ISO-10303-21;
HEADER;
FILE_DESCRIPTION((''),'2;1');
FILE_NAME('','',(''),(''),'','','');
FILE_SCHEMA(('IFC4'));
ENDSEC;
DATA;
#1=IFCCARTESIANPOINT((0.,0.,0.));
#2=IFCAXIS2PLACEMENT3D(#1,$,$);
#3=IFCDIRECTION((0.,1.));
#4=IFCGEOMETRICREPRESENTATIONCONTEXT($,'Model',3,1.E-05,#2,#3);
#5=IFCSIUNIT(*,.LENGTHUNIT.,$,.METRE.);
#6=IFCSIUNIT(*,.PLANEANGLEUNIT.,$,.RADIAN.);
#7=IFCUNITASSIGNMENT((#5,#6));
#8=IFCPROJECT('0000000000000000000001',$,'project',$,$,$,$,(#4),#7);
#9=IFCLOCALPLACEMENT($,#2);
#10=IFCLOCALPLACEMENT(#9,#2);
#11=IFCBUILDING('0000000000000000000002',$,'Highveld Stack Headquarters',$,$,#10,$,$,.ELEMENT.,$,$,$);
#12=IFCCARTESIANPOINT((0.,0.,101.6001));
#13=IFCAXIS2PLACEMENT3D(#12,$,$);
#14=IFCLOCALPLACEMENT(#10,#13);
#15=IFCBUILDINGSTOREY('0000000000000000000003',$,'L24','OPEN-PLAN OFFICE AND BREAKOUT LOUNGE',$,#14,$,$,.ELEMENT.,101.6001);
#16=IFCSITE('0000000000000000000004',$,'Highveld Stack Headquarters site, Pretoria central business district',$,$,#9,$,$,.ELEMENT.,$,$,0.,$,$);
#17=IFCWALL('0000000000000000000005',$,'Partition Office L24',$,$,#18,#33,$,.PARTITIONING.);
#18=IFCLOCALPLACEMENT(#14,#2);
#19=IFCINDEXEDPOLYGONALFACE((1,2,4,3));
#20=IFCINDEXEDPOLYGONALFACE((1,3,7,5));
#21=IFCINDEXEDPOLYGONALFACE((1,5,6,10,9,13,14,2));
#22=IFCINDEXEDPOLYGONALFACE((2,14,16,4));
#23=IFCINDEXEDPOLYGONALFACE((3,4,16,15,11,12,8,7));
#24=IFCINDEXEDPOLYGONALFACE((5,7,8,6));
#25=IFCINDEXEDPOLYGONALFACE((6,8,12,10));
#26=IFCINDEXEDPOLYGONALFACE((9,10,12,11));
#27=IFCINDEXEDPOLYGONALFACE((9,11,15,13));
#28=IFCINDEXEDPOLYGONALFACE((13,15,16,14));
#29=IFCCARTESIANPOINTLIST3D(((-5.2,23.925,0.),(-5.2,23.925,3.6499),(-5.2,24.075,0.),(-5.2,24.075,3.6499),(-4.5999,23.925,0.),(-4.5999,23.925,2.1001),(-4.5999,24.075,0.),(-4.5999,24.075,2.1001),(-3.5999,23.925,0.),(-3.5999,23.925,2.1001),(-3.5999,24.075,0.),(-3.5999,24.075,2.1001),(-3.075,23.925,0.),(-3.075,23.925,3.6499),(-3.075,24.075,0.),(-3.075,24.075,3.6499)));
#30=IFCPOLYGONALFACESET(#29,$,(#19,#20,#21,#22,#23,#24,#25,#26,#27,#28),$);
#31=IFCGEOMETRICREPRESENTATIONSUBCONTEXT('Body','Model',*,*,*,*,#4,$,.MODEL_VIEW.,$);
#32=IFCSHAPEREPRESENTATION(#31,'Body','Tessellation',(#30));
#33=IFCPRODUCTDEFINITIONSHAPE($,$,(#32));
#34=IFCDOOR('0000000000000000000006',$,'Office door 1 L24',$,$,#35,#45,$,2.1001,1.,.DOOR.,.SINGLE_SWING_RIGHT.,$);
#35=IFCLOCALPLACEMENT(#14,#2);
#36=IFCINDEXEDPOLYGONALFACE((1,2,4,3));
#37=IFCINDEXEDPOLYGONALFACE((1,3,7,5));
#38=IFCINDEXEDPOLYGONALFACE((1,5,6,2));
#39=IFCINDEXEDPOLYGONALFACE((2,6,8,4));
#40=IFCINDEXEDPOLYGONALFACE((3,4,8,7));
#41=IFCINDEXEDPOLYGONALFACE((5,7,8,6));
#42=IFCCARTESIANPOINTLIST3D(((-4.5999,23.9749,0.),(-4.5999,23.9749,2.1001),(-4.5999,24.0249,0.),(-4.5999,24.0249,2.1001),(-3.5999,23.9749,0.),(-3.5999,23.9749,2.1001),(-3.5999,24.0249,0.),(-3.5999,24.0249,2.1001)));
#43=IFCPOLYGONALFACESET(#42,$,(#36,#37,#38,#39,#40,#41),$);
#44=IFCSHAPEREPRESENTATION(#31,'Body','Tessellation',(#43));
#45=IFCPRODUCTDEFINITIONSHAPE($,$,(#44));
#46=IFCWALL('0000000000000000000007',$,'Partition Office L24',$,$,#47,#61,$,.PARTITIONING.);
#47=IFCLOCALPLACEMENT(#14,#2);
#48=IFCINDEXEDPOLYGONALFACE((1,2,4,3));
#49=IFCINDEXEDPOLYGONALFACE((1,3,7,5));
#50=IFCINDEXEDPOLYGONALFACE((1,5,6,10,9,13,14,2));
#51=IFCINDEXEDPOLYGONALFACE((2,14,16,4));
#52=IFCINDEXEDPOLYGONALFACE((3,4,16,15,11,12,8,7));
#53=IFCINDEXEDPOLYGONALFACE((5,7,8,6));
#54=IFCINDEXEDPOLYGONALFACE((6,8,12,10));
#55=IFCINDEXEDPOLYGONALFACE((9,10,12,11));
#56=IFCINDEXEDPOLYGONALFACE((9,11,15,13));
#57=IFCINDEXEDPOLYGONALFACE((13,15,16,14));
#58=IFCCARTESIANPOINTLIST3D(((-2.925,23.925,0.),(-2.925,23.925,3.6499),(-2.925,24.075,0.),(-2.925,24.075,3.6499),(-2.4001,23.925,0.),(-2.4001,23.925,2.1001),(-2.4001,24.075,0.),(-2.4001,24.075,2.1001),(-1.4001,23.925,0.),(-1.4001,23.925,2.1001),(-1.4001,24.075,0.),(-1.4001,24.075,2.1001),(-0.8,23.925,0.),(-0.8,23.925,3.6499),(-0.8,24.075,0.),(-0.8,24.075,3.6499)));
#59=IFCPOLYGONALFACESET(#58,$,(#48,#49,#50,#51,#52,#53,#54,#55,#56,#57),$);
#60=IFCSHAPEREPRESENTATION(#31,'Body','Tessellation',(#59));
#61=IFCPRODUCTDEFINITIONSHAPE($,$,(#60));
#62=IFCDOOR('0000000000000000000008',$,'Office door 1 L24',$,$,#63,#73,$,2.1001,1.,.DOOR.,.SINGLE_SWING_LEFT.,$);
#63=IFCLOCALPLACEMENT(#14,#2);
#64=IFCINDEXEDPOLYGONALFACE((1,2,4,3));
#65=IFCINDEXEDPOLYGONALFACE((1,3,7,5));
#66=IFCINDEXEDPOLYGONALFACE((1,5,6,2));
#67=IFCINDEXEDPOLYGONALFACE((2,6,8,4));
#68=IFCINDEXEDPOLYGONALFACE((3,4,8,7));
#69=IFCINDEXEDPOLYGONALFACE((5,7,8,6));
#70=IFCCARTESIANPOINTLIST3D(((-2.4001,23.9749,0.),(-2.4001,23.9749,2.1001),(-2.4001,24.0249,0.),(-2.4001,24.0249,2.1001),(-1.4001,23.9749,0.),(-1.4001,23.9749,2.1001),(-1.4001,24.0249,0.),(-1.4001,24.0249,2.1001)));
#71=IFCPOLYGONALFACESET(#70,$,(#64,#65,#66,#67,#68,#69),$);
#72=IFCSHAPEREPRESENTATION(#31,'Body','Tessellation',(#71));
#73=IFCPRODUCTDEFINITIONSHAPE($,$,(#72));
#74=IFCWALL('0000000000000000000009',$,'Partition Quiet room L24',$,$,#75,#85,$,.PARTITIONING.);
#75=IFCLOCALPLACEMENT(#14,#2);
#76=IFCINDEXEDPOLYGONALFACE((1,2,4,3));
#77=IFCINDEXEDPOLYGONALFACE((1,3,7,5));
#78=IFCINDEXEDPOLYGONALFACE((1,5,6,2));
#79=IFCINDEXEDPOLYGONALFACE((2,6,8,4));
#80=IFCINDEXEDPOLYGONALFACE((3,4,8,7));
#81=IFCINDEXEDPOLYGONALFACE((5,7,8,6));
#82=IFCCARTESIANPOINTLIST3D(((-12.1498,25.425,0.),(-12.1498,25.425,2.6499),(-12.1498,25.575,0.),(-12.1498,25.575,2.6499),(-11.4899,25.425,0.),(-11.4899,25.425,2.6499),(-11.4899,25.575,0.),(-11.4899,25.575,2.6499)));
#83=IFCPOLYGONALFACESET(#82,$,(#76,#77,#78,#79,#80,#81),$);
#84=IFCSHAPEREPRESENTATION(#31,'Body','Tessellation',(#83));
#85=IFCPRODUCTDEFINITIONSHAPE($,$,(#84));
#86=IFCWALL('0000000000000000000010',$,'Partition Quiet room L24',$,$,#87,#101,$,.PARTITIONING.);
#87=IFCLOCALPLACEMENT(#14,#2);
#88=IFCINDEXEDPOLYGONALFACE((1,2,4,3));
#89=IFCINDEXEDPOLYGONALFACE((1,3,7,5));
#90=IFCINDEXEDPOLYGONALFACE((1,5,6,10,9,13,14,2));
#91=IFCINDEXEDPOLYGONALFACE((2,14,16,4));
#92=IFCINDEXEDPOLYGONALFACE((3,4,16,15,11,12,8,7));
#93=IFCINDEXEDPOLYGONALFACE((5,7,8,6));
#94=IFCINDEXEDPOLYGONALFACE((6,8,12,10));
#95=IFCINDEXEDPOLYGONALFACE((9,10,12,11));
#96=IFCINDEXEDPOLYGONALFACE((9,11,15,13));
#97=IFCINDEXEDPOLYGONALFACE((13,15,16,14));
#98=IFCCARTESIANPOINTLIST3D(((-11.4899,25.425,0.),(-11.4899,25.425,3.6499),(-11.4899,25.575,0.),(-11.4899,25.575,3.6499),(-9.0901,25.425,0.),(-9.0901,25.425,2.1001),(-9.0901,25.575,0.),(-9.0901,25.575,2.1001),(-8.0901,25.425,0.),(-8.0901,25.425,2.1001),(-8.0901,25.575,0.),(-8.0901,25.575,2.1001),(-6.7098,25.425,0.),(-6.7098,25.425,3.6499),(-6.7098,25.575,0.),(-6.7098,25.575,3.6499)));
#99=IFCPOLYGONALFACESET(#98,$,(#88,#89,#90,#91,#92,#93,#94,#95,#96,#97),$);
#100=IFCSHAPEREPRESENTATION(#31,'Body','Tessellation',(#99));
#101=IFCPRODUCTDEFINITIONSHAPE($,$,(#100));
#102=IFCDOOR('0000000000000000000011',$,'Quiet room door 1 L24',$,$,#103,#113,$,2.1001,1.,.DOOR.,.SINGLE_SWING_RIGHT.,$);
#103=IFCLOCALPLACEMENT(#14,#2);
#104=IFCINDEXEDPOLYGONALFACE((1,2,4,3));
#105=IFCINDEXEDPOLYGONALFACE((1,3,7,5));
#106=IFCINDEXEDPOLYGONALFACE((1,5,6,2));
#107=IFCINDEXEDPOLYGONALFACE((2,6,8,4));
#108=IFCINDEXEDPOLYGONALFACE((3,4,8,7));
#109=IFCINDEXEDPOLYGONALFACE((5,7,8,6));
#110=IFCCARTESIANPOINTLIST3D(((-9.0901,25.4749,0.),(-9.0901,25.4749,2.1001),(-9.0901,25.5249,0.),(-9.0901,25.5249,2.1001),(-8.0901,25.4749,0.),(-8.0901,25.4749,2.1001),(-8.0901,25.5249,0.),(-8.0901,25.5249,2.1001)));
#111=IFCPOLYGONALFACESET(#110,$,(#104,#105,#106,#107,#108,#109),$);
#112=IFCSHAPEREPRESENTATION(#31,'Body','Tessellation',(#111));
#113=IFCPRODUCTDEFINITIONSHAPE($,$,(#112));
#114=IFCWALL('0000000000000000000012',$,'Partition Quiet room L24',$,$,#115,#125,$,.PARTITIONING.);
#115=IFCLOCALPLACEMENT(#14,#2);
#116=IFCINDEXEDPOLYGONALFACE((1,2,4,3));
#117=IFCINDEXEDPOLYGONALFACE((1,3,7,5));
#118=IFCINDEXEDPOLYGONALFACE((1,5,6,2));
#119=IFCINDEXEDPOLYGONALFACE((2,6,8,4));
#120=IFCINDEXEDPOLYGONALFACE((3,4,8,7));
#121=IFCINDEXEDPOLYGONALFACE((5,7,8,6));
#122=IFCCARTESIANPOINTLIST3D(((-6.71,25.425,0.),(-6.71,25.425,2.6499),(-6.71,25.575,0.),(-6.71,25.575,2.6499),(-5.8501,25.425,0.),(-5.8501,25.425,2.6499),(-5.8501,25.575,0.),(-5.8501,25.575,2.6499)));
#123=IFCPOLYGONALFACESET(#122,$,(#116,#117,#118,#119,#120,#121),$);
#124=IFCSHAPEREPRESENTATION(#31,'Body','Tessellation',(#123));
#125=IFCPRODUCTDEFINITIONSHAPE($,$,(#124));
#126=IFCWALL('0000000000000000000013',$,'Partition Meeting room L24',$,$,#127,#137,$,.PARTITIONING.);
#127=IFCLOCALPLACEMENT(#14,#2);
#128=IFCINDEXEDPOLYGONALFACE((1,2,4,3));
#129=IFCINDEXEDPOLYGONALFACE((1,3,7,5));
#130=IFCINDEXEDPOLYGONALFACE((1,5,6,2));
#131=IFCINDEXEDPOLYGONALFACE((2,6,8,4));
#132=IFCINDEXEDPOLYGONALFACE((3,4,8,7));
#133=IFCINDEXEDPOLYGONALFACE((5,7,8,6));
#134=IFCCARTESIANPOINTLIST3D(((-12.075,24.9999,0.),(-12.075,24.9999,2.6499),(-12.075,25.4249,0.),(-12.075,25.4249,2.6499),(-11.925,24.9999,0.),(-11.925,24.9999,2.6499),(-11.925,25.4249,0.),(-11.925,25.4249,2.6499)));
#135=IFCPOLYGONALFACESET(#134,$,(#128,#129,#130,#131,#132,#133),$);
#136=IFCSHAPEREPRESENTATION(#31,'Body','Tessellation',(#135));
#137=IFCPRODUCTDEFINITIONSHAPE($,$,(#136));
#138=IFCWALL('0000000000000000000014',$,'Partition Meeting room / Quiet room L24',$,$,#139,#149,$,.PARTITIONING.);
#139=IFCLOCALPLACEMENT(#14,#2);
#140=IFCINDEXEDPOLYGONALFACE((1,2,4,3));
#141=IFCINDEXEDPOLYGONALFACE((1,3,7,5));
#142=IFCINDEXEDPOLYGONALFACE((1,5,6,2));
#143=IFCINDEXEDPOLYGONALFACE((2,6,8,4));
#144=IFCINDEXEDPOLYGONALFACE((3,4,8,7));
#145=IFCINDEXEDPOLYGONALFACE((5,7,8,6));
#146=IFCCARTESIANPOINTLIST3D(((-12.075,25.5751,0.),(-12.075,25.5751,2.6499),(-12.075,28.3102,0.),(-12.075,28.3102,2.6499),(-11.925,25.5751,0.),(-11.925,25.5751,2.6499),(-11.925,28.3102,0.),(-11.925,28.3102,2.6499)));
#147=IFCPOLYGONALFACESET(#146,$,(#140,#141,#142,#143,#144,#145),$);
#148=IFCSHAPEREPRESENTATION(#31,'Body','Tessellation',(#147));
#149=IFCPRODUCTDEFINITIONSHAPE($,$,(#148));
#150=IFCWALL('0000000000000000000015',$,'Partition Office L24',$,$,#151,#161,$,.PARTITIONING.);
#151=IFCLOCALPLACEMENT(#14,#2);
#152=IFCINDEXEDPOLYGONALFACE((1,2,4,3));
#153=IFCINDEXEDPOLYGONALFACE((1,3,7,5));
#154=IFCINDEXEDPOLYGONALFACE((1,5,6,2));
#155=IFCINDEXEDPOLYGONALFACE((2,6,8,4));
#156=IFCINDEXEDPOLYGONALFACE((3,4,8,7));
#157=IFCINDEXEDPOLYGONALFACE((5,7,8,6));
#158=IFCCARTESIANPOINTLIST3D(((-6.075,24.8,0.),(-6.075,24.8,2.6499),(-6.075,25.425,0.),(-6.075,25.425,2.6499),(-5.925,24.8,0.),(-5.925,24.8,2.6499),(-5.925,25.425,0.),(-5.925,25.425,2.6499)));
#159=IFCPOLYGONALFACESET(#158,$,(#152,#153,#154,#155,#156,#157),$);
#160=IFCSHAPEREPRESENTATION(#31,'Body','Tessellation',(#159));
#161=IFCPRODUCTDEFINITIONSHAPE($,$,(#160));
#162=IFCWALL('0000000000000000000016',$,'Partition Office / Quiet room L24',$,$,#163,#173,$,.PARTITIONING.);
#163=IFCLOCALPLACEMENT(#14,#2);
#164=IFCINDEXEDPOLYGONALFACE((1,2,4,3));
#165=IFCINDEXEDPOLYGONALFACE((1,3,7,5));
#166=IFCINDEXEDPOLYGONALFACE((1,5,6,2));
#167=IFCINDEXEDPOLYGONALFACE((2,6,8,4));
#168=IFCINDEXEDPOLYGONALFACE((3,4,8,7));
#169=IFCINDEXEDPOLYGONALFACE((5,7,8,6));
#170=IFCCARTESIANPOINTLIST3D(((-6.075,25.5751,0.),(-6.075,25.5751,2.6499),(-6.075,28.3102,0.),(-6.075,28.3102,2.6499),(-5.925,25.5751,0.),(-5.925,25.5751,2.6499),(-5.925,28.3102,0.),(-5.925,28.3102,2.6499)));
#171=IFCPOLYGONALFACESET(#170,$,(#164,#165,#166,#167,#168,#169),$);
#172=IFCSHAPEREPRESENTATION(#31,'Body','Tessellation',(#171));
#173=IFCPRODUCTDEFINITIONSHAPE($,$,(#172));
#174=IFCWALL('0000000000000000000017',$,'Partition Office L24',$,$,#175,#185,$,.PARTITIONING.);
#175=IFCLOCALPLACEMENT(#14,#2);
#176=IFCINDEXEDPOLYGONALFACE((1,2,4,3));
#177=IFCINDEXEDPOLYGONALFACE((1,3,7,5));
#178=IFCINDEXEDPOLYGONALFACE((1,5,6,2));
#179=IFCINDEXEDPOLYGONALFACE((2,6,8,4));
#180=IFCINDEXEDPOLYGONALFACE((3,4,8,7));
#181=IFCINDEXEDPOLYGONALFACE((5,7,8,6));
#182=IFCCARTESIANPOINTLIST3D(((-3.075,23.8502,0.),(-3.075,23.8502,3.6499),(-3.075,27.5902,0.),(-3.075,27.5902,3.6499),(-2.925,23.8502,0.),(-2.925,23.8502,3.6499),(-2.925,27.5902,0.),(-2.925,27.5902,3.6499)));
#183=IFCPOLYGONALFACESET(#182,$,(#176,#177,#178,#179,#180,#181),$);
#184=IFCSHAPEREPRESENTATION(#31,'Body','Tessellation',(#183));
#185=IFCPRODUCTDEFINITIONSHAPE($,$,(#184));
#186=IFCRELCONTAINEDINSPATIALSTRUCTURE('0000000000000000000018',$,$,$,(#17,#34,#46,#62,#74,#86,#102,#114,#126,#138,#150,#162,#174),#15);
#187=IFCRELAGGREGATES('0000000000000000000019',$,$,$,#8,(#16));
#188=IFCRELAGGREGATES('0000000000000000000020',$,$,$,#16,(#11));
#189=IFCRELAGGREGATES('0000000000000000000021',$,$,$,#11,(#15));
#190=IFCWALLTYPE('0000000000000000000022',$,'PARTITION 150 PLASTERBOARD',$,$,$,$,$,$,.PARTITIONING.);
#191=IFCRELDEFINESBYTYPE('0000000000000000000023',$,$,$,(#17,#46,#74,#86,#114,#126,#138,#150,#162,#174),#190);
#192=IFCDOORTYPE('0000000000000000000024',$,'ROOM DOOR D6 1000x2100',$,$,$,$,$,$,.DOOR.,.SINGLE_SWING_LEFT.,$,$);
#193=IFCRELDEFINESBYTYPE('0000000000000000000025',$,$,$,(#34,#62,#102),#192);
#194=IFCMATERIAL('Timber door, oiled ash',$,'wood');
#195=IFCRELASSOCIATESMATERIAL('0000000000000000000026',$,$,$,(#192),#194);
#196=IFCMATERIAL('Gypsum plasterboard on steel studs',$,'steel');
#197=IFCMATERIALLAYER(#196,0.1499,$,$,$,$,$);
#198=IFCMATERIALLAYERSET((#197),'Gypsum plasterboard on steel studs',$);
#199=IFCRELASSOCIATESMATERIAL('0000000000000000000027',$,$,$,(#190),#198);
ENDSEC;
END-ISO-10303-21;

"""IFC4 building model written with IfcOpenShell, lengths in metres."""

from ifc_helpers import new_model, si_unit, direction, frame, frame_2d, origin, place, context, subcontext, project, spatial, rectangle, extrude, material, layer, layer_set, type_object, element, fill, save


model = new_model("IFC4")

# Units and contexts
model_context = context("Model", 3, precision=1e-05, world=origin(), true_north=direction((0.0, 1.0)))
body_context = subcontext(model_context, "Body", "Model", "MODEL_VIEW")
ifc_project = project(units=[si_unit("LENGTHUNIT", "METRE"), si_unit("PLANEANGLEUNIT", "RADIAN")], contexts=[model_context])

# Site, building, storey
site_placement = place(None, origin())
site = spatial("IfcSite", under=ifc_project, at=site_placement, Name="Highveld Stack Headquarters site, Pretoria central business district", CompositionType="ELEMENT", RefElevation=0.0)
building_placement = place(site_placement, origin())
building = spatial("IfcBuilding", under=site, at=building_placement, Name="Highveld Stack Headquarters", CompositionType="ELEMENT")
storey_placement = place(building_placement, frame((0.0, 0.0, 101.6001)))
storey = spatial("IfcBuildingStorey", under=building, at=storey_placement, Name="L24", Description="OPEN-PLAN OFFICE AND BREAKOUT LOUNGE", CompositionType="ELEMENT", Elevation=101.6001)

# Shared definitions
ifc_material_1 = material(Name="Timber door, oiled ash", Category="wood")
door_type = type_object("IfcDoorType", Name="ROOM DOOR D6 1000x2100", OperationType="SINGLE_SWING_LEFT", PredefinedType="DOOR", material=ifc_material_1)

# Walls, openings, doors
ifc_material_2 = material(Name="Gypsum plasterboard on steel studs", Category="steel")
ifc_layer_1 = layer(ifc_material_2, 0.1499)
ifc_layer_set_1 = layer_set([ifc_layer_1], Name="Gypsum plasterboard on steel studs")
wall_type_1 = type_object("IfcWallType", Name="PARTITION 150 PLASTERBOARD", PredefinedType="PARTITIONING", material=ifc_layer_set_1)
wall_1_placement = place(storey_placement, frame((-5.2, 24.0, 0.0), z_axis=(0.0, 0.0, 1.0), x_axis=(1.0, 0.0, 0.0)))
wall_1 = element("IfcWall", 1, at=wall_1_placement, inside=storey, type_object=wall_type_1, Name="Partition Office L24", PredefinedType="PARTITIONING", context=body_context, shape_type="SweptSolid", body=[
    extrude(rectangle(XDim=2.125, YDim=0.1499, at=frame_2d((1.0625, 0.0))), origin(), (0.0, 0.0, 1.0), 3.6499),
])
opening_1_placement = place(wall_1_placement, frame((0.6001, 0.0, 0.0)))
opening_1 = element("IfcOpeningElement", 2, at=opening_1_placement, cuts=wall_1, PredefinedType="OPENING", context=body_context, shape_type="SweptSolid", body=[
    extrude(rectangle(XDim=1.0, YDim=2.1001, at=frame_2d((0.5, 1.05))), frame((0.0, 0.085, 0.0), z_axis=(0.0, -1.0, 0.0), x_axis=(1.0, 0.0, 0.0)), (0.0, 0.0, 1.0), 0.1699),
])
door_1_placement = place(opening_1_placement, origin())
door_1 = element("IfcDoor", 3, at=door_1_placement, inside=storey, type_object=door_type, Name="Office door 1 L24", OperationType="SINGLE_SWING_RIGHT", OverallHeight=2.1001, OverallWidth=1.0, PredefinedType="DOOR", context=body_context, shape_type="SweptSolid", body=[
    extrude(rectangle(XDim=1.0, YDim=2.1001, at=frame_2d((0.5, 1.05))), frame((0.0, 0.0249, 0.0), z_axis=(0.0, -1.0, 0.0), x_axis=(1.0, 0.0, 0.0)), (0.0, 0.0, 1.0), 0.05),
])
fill(opening_1, door_1)
wall_2_placement = place(storey_placement, frame((-2.925, 24.0, 0.0), z_axis=(0.0, 0.0, 1.0), x_axis=(1.0, 0.0, 0.0)))
wall_2 = element("IfcWall", 4, at=wall_2_placement, inside=storey, type_object=wall_type_1, Name="Partition Office L24", PredefinedType="PARTITIONING", context=body_context, shape_type="SweptSolid", body=[
    extrude(rectangle(XDim=2.125, YDim=0.1499, at=frame_2d((1.0625, 0.0))), origin(), (0.0, 0.0, 1.0), 3.6499),
])
opening_2_placement = place(wall_2_placement, frame((0.5249, 0.0, 0.0)))
opening_2 = element("IfcOpeningElement", 5, at=opening_2_placement, cuts=wall_2, PredefinedType="OPENING", context=body_context, shape_type="SweptSolid", body=[
    extrude(rectangle(XDim=1.0, YDim=2.1001, at=frame_2d((0.5, 1.05))), frame((0.0, 0.085, 0.0), z_axis=(0.0, -1.0, 0.0), x_axis=(1.0, 0.0, 0.0)), (0.0, 0.0, 1.0), 0.1699),
])
door_2_placement = place(opening_2_placement, origin())
door_2 = element("IfcDoor", 6, at=door_2_placement, inside=storey, type_object=door_type, Name="Office door 1 L24", OperationType="SINGLE_SWING_LEFT", OverallHeight=2.1001, OverallWidth=1.0, PredefinedType="DOOR", context=body_context, shape_type="SweptSolid", body=[
    extrude(rectangle(XDim=1.0, YDim=2.1001, at=frame_2d((0.5, 1.05))), frame((0.0, 0.0249, 0.0), z_axis=(0.0, -1.0, 0.0), x_axis=(1.0, 0.0, 0.0)), (0.0, 0.0, 1.0), 0.05),
])
fill(opening_2, door_2)

# Wall
wall_3_placement = place(storey_placement, frame((-12.1499, 25.5, 0.0), z_axis=(0.0, 0.0, 1.0), x_axis=(1.0, 0.0, 0.0)))
element("IfcWall", 7, at=wall_3_placement, inside=storey, type_object=wall_type_1, Name="Partition Quiet room L24", PredefinedType="PARTITIONING", context=body_context, shape_type="SweptSolid", body=[
    extrude(rectangle(XDim=0.6599, YDim=0.1499, at=frame_2d((0.3301, 0.0))), origin(), (0.0, 0.0, 1.0), 2.6499),
])

# Wall, opening, door
wall_4_placement = place(storey_placement, frame((-11.49, 25.5, 0.0), z_axis=(0.0, 0.0, 1.0), x_axis=(1.0, 0.0, 0.0)))
wall_4 = element("IfcWall", 8, at=wall_4_placement, inside=storey, type_object=wall_type_1, Name="Partition Quiet room L24", PredefinedType="PARTITIONING", context=body_context, shape_type="SweptSolid", body=[
    extrude(rectangle(XDim=4.78, YDim=0.1499, at=frame_2d((2.3901, 0.0))), origin(), (0.0, 0.0, 1.0), 3.6499),
])
opening_3_placement = place(wall_4_placement, frame((2.3999, 0.0, 0.0)))
opening_3 = element("IfcOpeningElement", 9, at=opening_3_placement, cuts=wall_4, PredefinedType="OPENING", context=body_context, shape_type="SweptSolid", body=[
    extrude(rectangle(XDim=1.0, YDim=2.1001, at=frame_2d((0.5, 1.05))), frame((0.0, 0.085, 0.0), z_axis=(0.0, -1.0, 0.0), x_axis=(1.0, 0.0, 0.0)), (0.0, 0.0, 1.0), 0.1699),
])
door_3_placement = place(opening_3_placement, origin())
door_3 = element("IfcDoor", 10, at=door_3_placement, inside=storey, type_object=door_type, Name="Quiet room door 1 L24", OperationType="SINGLE_SWING_RIGHT", OverallHeight=2.1001, OverallWidth=1.0, PredefinedType="DOOR", context=body_context, shape_type="SweptSolid", body=[
    extrude(rectangle(XDim=1.0, YDim=2.1001, at=frame_2d((0.5, 1.05))), frame((0.0, 0.0249, 0.0), z_axis=(0.0, -1.0, 0.0), x_axis=(1.0, 0.0, 0.0)), (0.0, 0.0, 1.0), 0.05),
])
fill(opening_3, door_3)

# Walls
wall_5_placement = place(storey_placement, frame((-6.71, 25.5, 0.0), z_axis=(0.0, 0.0, 1.0), x_axis=(1.0, 0.0, 0.0)))
element("IfcWall", 11, at=wall_5_placement, inside=storey, type_object=wall_type_1, Name="Partition Quiet room L24", PredefinedType="PARTITIONING", context=body_context, shape_type="SweptSolid", body=[
    extrude(rectangle(XDim=0.8599, YDim=0.1499, at=frame_2d((0.4299, 0.0))), origin(), (0.0, 0.0, 1.0), 2.6499),
])
wall_6_placement = place(storey_placement, frame((-12.0, 25.0, 0.0), z_axis=(0.0, 0.0, 1.0), x_axis=(0.0, 1.0, 0.0)))
element("IfcWall", 12, at=wall_6_placement, inside=storey, type_object=wall_type_1, Name="Partition Meeting room L24", PredefinedType="PARTITIONING", context=body_context, shape_type="SweptSolid", body=[
    extrude(rectangle(XDim=0.425, YDim=0.1499, at=frame_2d((0.2124, 0.0))), origin(), (0.0, 0.0, 1.0), 2.6499),
])
wall_7_placement = place(storey_placement, frame((-12.0, 25.575, 0.0), z_axis=(0.0, 0.0, 1.0), x_axis=(0.0, 1.0, 0.0)))
element("IfcWall", 13, at=wall_7_placement, inside=storey, type_object=wall_type_1, Name="Partition Meeting room / Quiet room L24", PredefinedType="PARTITIONING", context=body_context, shape_type="SweptSolid", body=[
    extrude(rectangle(XDim=2.7351, YDim=0.1499, at=frame_2d((1.3677, 0.0))), origin(), (0.0, 0.0, 1.0), 2.6499),
])
wall_8_placement = place(storey_placement, frame((-6.0, 24.8, 0.0), z_axis=(0.0, 0.0, 1.0), x_axis=(0.0, 1.0, 0.0)))
element("IfcWall", 14, at=wall_8_placement, inside=storey, type_object=wall_type_1, Name="Partition Office L24", PredefinedType="PARTITIONING", context=body_context, shape_type="SweptSolid", body=[
    extrude(rectangle(XDim=0.625, YDim=0.1499, at=frame_2d((0.3125, 0.0))), origin(), (0.0, 0.0, 1.0), 2.6499),
])
wall_9_placement = place(storey_placement, frame((-6.0, 25.575, 0.0), z_axis=(0.0, 0.0, 1.0), x_axis=(0.0, 1.0, 0.0)))
element("IfcWall", 15, at=wall_9_placement, inside=storey, type_object=wall_type_1, Name="Partition Office / Quiet room L24", PredefinedType="PARTITIONING", context=body_context, shape_type="SweptSolid", body=[
    extrude(rectangle(XDim=2.7351, YDim=0.1499, at=frame_2d((1.3677, 0.0))), origin(), (0.0, 0.0, 1.0), 2.6499),
])
wall_10_placement = place(storey_placement, frame((-3.0, 23.8501, 0.0), z_axis=(0.0, 0.0, 1.0), x_axis=(0.0, 1.0, 0.0)))
element("IfcWall", 16, at=wall_10_placement, inside=storey, type_object=wall_type_1, Name="Partition Office L24", PredefinedType="PARTITIONING", context=body_context, shape_type="SweptSolid", body=[
    extrude(rectangle(XDim=3.74, YDim=0.1499, at=frame_2d((1.8701, 0.0))), origin(), (0.0, 0.0, 1.0), 3.6499),
])

save(model, "model.ifc")
